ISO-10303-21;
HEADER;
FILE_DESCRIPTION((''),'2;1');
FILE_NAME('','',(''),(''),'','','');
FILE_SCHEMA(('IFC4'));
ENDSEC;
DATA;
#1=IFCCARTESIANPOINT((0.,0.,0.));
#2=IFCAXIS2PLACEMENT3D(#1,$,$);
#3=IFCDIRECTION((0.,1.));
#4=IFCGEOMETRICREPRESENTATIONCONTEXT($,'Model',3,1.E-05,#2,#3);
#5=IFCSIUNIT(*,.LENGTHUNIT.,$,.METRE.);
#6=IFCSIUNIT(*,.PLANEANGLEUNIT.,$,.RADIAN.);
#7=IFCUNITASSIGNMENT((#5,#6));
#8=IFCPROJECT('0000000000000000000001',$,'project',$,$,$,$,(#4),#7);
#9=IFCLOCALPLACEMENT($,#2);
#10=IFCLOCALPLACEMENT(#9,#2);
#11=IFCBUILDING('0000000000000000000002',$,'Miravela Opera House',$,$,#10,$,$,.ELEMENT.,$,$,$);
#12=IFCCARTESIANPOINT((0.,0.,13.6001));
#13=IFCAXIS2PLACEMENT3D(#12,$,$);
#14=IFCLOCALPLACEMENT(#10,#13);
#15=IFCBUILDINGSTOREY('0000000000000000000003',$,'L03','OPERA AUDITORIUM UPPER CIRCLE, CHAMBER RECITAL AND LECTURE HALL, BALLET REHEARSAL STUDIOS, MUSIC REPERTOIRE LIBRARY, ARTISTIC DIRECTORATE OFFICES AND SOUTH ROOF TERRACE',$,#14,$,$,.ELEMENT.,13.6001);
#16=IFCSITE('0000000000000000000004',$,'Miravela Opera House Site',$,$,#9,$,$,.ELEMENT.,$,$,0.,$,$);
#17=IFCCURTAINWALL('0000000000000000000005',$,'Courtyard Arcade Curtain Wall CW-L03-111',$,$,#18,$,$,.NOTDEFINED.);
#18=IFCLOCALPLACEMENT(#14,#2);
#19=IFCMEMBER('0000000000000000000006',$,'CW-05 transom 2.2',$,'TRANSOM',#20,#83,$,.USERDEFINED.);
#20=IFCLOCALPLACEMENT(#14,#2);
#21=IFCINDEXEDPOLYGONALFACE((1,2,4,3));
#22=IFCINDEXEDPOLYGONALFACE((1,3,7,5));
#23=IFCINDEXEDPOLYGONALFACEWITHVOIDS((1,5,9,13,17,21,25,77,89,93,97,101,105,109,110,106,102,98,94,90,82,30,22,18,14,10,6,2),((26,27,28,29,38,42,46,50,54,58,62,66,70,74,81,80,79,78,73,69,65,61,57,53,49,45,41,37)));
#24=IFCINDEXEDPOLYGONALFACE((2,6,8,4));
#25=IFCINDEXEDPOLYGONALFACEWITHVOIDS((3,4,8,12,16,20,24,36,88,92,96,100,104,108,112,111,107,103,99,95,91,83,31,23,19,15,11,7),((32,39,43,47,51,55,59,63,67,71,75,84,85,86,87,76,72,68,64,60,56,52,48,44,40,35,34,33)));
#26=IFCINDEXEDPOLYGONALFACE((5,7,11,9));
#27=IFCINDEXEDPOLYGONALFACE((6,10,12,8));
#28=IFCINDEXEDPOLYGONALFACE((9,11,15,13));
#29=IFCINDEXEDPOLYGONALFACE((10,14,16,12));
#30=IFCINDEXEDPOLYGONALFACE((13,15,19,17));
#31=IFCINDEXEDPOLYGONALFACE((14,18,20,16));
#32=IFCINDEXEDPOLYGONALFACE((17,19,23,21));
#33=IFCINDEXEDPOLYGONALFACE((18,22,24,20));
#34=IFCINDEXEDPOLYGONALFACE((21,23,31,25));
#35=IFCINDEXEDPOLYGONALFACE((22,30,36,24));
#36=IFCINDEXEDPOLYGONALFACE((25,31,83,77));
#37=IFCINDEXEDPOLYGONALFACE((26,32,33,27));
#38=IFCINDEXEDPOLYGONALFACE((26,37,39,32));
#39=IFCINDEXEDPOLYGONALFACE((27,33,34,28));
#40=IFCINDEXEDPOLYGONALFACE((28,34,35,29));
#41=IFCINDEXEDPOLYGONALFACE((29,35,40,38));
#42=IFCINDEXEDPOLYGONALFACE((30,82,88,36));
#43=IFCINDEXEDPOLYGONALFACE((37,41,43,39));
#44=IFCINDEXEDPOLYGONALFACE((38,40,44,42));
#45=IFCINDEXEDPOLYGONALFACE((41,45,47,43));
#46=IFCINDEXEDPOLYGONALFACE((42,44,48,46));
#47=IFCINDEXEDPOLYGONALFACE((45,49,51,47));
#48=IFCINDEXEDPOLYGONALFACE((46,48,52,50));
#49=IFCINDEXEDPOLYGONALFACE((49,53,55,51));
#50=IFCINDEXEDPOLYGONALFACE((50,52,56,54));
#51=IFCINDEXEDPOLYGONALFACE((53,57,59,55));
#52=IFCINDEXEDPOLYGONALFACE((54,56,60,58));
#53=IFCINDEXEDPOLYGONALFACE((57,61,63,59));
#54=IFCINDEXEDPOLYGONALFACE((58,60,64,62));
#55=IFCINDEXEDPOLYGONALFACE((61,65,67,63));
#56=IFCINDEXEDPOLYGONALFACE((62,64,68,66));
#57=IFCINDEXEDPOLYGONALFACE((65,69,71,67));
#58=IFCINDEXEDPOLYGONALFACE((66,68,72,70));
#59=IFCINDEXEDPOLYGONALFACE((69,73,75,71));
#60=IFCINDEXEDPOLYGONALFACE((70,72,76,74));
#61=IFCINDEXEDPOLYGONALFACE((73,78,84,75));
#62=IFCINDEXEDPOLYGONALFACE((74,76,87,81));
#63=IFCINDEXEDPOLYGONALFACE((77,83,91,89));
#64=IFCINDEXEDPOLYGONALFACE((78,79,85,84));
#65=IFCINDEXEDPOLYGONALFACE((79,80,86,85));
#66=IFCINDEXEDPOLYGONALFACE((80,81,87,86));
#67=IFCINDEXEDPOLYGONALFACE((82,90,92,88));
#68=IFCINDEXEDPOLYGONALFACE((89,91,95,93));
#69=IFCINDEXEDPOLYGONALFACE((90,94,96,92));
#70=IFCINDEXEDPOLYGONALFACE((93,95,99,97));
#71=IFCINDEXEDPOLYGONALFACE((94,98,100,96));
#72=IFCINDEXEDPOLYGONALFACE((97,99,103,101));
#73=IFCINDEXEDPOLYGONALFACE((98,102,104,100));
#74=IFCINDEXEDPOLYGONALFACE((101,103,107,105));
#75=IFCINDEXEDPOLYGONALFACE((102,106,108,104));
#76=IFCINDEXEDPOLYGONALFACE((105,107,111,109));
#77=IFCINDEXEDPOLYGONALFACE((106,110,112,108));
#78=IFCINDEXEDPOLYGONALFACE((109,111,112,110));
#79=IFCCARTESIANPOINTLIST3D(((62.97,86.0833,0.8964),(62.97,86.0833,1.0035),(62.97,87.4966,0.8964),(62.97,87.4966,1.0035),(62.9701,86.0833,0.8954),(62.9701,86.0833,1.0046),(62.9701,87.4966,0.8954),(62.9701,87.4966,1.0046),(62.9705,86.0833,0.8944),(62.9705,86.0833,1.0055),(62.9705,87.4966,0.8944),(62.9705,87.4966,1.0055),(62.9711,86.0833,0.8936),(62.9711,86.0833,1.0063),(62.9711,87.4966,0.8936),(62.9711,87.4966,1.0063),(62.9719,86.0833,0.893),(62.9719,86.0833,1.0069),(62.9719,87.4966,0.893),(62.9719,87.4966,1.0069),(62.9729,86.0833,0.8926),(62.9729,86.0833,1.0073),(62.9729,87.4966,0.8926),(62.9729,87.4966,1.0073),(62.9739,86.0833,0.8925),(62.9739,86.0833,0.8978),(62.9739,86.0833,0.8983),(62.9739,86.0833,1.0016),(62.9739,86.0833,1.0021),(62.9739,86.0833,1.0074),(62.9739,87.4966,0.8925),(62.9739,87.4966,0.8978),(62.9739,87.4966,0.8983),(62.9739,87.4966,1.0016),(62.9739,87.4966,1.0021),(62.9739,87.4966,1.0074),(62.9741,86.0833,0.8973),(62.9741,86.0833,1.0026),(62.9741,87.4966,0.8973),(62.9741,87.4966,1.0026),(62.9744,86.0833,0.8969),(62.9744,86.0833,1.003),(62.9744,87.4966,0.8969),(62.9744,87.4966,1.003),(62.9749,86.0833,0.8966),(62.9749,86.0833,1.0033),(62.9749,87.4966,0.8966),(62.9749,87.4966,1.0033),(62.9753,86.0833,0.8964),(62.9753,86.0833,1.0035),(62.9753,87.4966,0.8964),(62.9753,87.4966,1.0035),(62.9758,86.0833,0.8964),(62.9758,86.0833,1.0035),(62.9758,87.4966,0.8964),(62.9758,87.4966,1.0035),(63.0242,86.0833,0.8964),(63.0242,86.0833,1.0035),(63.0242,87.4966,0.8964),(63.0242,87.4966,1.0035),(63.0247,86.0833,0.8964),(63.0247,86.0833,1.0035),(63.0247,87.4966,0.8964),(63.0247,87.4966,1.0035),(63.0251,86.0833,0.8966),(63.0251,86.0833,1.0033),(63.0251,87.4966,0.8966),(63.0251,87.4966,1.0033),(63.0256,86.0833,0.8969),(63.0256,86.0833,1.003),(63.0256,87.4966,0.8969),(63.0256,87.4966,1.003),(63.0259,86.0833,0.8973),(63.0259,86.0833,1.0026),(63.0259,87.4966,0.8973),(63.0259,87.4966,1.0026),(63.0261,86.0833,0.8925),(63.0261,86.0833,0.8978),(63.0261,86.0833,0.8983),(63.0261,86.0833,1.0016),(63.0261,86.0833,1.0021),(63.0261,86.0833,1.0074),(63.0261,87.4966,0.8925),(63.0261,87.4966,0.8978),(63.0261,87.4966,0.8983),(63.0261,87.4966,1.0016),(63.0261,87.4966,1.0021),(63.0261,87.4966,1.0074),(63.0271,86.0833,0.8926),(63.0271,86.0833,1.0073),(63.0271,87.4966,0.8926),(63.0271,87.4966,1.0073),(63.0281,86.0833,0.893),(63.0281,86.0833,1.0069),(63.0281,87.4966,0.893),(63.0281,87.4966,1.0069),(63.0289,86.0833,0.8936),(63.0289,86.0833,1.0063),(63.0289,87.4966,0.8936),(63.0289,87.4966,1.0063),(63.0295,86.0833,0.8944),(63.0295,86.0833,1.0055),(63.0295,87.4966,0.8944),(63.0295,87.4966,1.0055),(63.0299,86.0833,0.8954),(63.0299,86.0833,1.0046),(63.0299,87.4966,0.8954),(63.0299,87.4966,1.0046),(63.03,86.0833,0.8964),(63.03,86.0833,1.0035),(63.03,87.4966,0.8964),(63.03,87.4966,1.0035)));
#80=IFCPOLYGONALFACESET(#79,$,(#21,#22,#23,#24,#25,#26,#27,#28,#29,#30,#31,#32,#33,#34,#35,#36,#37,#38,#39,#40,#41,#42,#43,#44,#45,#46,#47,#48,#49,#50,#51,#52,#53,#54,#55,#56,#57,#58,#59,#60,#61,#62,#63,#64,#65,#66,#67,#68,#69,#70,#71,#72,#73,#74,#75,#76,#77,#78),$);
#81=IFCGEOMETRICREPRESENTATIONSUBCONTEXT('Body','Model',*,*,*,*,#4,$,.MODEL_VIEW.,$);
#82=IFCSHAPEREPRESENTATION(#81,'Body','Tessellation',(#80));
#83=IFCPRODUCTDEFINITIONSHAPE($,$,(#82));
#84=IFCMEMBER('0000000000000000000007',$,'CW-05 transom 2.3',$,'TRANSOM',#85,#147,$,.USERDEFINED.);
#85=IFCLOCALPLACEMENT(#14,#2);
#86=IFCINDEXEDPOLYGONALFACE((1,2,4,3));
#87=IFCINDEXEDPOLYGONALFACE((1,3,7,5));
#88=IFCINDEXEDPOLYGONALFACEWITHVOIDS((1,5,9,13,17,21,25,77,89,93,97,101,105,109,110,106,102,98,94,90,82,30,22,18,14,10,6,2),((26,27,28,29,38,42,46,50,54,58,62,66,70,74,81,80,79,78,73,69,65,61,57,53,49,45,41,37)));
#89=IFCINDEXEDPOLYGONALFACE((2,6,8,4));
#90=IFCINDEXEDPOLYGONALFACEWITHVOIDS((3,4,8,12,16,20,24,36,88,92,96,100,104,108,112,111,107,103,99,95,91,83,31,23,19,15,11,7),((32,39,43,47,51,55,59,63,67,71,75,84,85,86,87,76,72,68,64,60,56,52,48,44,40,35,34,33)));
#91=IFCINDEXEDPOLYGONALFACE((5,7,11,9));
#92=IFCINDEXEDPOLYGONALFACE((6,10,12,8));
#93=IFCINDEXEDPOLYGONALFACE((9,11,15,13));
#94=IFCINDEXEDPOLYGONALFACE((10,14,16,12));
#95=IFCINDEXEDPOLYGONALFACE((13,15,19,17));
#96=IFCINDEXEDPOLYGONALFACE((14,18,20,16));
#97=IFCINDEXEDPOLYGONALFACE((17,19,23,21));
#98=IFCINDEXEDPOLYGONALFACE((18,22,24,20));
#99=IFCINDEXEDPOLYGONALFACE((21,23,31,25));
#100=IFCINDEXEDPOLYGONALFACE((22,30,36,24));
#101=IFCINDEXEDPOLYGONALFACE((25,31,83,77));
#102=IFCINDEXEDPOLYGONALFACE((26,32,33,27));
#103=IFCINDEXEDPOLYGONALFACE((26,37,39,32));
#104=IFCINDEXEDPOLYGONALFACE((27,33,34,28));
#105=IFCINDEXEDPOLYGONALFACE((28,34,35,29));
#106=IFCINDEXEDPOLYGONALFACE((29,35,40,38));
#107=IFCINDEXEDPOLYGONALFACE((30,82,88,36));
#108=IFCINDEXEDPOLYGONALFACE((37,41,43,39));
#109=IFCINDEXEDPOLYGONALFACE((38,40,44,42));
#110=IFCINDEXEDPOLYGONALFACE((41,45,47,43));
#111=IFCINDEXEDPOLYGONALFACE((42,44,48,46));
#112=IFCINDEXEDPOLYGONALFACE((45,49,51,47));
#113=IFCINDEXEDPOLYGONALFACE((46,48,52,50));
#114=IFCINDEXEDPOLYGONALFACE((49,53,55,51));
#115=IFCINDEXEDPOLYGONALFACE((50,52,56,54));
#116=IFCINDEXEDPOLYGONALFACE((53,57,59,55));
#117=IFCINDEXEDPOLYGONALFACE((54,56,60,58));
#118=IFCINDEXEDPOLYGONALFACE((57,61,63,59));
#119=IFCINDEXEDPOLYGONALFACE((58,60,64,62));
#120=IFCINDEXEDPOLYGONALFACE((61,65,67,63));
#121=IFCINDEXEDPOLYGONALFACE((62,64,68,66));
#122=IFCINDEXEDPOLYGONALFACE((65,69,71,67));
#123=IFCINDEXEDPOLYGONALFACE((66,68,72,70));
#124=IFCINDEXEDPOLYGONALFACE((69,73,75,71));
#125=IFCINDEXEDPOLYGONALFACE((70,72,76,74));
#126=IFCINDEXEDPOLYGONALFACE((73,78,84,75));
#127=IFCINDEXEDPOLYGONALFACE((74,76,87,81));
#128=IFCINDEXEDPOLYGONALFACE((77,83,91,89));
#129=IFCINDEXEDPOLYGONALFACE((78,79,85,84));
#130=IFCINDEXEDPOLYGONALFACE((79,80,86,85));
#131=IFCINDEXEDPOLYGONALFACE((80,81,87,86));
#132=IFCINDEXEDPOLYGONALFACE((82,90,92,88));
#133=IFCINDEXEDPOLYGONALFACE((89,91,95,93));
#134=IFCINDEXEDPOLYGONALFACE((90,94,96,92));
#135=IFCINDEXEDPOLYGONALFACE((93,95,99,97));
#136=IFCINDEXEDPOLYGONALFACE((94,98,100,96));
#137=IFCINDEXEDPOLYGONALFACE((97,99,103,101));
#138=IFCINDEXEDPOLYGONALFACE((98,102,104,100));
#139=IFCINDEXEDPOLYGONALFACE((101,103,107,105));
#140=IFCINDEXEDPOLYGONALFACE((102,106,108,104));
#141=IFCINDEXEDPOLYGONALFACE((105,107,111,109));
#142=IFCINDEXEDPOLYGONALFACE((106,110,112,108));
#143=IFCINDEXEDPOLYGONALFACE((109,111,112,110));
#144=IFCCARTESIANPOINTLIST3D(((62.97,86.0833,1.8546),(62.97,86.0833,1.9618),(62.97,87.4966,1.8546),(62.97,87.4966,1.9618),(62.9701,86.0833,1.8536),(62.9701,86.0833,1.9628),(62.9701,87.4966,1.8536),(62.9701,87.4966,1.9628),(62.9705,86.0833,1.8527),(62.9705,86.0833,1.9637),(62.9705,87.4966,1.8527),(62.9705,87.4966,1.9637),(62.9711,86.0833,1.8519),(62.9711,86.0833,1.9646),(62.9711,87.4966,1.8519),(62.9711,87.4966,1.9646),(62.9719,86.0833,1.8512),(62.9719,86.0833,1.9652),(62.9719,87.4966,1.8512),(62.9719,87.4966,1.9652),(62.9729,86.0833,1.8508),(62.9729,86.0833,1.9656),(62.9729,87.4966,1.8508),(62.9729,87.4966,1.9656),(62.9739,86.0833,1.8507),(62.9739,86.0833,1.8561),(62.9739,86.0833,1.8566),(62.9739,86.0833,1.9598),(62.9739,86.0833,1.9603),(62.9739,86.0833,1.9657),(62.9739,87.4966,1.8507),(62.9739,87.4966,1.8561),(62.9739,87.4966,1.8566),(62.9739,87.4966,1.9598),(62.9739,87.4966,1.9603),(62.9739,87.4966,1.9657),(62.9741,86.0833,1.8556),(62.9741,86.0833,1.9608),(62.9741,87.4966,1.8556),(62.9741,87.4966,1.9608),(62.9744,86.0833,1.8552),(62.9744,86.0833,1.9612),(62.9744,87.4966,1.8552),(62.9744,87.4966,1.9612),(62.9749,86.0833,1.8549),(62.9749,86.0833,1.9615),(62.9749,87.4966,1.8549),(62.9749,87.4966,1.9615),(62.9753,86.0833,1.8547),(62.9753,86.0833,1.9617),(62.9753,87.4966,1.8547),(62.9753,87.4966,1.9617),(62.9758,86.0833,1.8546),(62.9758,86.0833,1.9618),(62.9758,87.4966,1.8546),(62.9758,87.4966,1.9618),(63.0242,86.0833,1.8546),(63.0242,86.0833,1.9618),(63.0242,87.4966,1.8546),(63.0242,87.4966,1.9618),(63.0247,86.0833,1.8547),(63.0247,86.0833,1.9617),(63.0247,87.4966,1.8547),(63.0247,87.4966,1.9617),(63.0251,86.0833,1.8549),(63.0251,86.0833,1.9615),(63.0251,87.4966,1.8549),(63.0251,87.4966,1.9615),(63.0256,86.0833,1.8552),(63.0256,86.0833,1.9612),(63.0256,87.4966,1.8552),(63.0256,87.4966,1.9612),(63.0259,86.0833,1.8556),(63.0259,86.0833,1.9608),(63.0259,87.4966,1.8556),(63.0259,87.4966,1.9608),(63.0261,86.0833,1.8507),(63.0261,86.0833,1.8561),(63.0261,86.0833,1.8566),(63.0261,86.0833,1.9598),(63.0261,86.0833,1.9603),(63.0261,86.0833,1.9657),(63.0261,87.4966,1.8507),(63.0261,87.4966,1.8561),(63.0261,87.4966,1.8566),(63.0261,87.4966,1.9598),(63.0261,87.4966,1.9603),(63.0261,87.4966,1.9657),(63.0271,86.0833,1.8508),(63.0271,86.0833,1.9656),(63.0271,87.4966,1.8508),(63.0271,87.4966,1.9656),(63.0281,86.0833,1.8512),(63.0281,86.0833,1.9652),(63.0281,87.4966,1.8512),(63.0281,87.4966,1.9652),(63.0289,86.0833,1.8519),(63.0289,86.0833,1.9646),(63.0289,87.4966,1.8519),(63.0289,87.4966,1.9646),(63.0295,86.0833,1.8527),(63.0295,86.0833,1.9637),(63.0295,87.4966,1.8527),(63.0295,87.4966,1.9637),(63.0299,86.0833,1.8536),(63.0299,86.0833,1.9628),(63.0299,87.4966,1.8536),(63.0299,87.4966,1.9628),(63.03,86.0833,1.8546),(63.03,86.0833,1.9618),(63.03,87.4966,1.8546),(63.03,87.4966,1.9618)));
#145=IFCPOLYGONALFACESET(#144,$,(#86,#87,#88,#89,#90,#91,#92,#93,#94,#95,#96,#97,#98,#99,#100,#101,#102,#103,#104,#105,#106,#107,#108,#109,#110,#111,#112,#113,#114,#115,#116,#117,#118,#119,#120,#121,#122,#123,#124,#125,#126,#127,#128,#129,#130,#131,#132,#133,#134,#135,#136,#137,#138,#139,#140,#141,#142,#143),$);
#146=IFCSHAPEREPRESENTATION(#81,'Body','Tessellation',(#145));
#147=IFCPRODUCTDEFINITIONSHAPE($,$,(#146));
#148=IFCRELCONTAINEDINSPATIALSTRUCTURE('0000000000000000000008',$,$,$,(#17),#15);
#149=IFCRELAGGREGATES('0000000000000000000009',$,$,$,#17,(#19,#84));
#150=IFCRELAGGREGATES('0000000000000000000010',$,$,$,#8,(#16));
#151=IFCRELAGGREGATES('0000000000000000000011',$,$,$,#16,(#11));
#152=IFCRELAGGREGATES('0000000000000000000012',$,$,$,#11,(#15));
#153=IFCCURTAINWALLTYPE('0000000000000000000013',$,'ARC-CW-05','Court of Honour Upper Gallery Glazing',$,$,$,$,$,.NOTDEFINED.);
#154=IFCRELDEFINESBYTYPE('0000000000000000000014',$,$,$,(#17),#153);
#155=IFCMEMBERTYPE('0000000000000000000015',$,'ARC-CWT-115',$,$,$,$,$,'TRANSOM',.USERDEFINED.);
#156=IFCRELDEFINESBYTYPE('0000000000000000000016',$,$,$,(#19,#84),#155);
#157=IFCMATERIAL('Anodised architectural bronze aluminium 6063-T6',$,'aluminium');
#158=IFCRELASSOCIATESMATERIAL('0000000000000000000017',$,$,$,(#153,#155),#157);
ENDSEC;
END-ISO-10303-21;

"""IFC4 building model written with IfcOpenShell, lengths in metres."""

from ifc_helpers import new_model, si_unit, direction, frame, origin, origin_2d, place, context, subcontext, project, spatial, hollow_rectangle, extrude, material, material_profile, profile_set, type_object, element, aggregate, save


model = new_model("IFC4")

# Units and contexts
model_context = context("Model", 3, precision=1e-05, world=origin(), true_north=direction((0.0, 1.0)))
body_context = subcontext(model_context, "Body", "Model", "MODEL_VIEW")
ifc_project = project(units=[si_unit("LENGTHUNIT", "METRE"), si_unit("PLANEANGLEUNIT", "RADIAN")], contexts=[model_context])

# Site, building, storey
site_placement = place(None, origin())
site = spatial("IfcSite", under=ifc_project, at=site_placement, Name="Miravela Opera House Site", CompositionType="ELEMENT", RefElevation=0.0)
building_placement = place(site_placement, origin())
building = spatial("IfcBuilding", under=site, at=building_placement, Name="Miravela Opera House", CompositionType="ELEMENT")
storey_placement = place(building_placement, frame((0.0, 0.0, 13.6001)))
storey = spatial("IfcBuildingStorey", under=building, at=storey_placement, Name="L03", Description="OPERA AUDITORIUM UPPER CIRCLE, CHAMBER RECITAL AND LECTURE HALL, BALLET REHEARSAL STUDIOS, MUSIC REPERTOIRE LIBRARY, ARTISTIC DIRECTORATE OFFICES AND SOUTH ROOF TERRACE", CompositionType="ELEMENT", Elevation=13.6001)

# Curtain wall, members
ifc_material_1 = material(Name="Anodised architectural bronze aluminium 6063-T6", Category="aluminium")
curtain_wall_type = type_object("IfcCurtainWallType", Name="ARC-CW-05", Description="Court of Honour Upper Gallery Glazing", PredefinedType="NOTDEFINED", material=ifc_material_1)
curtain_wall_placement = place(storey_placement, origin())
curtain_wall = element("IfcCurtainWall", 1, at=curtain_wall_placement, inside=storey, type_object=curtain_wall_type, Name="Courtyard Arcade Curtain Wall CW-L03-111", PredefinedType="NOTDEFINED")
ifc_material_profile_1 = material_profile(ifc_material_1, hollow_rectangle(XDim=0.0601, YDim=0.115, WallThickness=0.0039, InnerFilletRadius=0.002, OuterFilletRadius=0.0039, at=origin_2d()), Name="CWT-60X115")
ifc_profile_set_1 = profile_set([ifc_material_profile_1])
member_type_1 = type_object("IfcMemberType", Name="ARC-CWT-115", ElementType="TRANSOM", PredefinedType="USERDEFINED", material=ifc_profile_set_1)
member_1_placement = place(storey_placement, frame((63.0, 86.0833, 0.95), z_axis=(0.0, 1.0, 0.0), x_axis=(-1.0, 0.0, 0.0)))
member_1 = element("IfcMember", 2, at=member_1_placement, type_object=member_type_1, Name="CW-05 transom 2.2", ObjectType="TRANSOM", PredefinedType="USERDEFINED", context=body_context, shape_type="SweptSolid", body=[
    extrude(hollow_rectangle(XDim=0.0601, YDim=0.115, WallThickness=0.0039, InnerFilletRadius=0.002, OuterFilletRadius=0.0039, at=origin_2d()), origin(), (0.0, 0.0, 1.0), 1.4133),
])
member_2_placement = place(storey_placement, frame((63.0, 86.0833, 1.9082), z_axis=(0.0, 1.0, 0.0), x_axis=(-1.0, 0.0, 0.0)))
member_2 = element("IfcMember", 3, at=member_2_placement, type_object=member_type_1, Name="CW-05 transom 2.3", ObjectType="TRANSOM", PredefinedType="USERDEFINED", context=body_context, shape_type="SweptSolid", body=[
    extrude(hollow_rectangle(XDim=0.0601, YDim=0.115, WallThickness=0.0039, InnerFilletRadius=0.002, OuterFilletRadius=0.0039, at=origin_2d()), origin(), (0.0, 0.0, 1.0), 1.4133),
])
aggregate(curtain_wall, [member_1, member_2])

save(model, "model.ifc")
